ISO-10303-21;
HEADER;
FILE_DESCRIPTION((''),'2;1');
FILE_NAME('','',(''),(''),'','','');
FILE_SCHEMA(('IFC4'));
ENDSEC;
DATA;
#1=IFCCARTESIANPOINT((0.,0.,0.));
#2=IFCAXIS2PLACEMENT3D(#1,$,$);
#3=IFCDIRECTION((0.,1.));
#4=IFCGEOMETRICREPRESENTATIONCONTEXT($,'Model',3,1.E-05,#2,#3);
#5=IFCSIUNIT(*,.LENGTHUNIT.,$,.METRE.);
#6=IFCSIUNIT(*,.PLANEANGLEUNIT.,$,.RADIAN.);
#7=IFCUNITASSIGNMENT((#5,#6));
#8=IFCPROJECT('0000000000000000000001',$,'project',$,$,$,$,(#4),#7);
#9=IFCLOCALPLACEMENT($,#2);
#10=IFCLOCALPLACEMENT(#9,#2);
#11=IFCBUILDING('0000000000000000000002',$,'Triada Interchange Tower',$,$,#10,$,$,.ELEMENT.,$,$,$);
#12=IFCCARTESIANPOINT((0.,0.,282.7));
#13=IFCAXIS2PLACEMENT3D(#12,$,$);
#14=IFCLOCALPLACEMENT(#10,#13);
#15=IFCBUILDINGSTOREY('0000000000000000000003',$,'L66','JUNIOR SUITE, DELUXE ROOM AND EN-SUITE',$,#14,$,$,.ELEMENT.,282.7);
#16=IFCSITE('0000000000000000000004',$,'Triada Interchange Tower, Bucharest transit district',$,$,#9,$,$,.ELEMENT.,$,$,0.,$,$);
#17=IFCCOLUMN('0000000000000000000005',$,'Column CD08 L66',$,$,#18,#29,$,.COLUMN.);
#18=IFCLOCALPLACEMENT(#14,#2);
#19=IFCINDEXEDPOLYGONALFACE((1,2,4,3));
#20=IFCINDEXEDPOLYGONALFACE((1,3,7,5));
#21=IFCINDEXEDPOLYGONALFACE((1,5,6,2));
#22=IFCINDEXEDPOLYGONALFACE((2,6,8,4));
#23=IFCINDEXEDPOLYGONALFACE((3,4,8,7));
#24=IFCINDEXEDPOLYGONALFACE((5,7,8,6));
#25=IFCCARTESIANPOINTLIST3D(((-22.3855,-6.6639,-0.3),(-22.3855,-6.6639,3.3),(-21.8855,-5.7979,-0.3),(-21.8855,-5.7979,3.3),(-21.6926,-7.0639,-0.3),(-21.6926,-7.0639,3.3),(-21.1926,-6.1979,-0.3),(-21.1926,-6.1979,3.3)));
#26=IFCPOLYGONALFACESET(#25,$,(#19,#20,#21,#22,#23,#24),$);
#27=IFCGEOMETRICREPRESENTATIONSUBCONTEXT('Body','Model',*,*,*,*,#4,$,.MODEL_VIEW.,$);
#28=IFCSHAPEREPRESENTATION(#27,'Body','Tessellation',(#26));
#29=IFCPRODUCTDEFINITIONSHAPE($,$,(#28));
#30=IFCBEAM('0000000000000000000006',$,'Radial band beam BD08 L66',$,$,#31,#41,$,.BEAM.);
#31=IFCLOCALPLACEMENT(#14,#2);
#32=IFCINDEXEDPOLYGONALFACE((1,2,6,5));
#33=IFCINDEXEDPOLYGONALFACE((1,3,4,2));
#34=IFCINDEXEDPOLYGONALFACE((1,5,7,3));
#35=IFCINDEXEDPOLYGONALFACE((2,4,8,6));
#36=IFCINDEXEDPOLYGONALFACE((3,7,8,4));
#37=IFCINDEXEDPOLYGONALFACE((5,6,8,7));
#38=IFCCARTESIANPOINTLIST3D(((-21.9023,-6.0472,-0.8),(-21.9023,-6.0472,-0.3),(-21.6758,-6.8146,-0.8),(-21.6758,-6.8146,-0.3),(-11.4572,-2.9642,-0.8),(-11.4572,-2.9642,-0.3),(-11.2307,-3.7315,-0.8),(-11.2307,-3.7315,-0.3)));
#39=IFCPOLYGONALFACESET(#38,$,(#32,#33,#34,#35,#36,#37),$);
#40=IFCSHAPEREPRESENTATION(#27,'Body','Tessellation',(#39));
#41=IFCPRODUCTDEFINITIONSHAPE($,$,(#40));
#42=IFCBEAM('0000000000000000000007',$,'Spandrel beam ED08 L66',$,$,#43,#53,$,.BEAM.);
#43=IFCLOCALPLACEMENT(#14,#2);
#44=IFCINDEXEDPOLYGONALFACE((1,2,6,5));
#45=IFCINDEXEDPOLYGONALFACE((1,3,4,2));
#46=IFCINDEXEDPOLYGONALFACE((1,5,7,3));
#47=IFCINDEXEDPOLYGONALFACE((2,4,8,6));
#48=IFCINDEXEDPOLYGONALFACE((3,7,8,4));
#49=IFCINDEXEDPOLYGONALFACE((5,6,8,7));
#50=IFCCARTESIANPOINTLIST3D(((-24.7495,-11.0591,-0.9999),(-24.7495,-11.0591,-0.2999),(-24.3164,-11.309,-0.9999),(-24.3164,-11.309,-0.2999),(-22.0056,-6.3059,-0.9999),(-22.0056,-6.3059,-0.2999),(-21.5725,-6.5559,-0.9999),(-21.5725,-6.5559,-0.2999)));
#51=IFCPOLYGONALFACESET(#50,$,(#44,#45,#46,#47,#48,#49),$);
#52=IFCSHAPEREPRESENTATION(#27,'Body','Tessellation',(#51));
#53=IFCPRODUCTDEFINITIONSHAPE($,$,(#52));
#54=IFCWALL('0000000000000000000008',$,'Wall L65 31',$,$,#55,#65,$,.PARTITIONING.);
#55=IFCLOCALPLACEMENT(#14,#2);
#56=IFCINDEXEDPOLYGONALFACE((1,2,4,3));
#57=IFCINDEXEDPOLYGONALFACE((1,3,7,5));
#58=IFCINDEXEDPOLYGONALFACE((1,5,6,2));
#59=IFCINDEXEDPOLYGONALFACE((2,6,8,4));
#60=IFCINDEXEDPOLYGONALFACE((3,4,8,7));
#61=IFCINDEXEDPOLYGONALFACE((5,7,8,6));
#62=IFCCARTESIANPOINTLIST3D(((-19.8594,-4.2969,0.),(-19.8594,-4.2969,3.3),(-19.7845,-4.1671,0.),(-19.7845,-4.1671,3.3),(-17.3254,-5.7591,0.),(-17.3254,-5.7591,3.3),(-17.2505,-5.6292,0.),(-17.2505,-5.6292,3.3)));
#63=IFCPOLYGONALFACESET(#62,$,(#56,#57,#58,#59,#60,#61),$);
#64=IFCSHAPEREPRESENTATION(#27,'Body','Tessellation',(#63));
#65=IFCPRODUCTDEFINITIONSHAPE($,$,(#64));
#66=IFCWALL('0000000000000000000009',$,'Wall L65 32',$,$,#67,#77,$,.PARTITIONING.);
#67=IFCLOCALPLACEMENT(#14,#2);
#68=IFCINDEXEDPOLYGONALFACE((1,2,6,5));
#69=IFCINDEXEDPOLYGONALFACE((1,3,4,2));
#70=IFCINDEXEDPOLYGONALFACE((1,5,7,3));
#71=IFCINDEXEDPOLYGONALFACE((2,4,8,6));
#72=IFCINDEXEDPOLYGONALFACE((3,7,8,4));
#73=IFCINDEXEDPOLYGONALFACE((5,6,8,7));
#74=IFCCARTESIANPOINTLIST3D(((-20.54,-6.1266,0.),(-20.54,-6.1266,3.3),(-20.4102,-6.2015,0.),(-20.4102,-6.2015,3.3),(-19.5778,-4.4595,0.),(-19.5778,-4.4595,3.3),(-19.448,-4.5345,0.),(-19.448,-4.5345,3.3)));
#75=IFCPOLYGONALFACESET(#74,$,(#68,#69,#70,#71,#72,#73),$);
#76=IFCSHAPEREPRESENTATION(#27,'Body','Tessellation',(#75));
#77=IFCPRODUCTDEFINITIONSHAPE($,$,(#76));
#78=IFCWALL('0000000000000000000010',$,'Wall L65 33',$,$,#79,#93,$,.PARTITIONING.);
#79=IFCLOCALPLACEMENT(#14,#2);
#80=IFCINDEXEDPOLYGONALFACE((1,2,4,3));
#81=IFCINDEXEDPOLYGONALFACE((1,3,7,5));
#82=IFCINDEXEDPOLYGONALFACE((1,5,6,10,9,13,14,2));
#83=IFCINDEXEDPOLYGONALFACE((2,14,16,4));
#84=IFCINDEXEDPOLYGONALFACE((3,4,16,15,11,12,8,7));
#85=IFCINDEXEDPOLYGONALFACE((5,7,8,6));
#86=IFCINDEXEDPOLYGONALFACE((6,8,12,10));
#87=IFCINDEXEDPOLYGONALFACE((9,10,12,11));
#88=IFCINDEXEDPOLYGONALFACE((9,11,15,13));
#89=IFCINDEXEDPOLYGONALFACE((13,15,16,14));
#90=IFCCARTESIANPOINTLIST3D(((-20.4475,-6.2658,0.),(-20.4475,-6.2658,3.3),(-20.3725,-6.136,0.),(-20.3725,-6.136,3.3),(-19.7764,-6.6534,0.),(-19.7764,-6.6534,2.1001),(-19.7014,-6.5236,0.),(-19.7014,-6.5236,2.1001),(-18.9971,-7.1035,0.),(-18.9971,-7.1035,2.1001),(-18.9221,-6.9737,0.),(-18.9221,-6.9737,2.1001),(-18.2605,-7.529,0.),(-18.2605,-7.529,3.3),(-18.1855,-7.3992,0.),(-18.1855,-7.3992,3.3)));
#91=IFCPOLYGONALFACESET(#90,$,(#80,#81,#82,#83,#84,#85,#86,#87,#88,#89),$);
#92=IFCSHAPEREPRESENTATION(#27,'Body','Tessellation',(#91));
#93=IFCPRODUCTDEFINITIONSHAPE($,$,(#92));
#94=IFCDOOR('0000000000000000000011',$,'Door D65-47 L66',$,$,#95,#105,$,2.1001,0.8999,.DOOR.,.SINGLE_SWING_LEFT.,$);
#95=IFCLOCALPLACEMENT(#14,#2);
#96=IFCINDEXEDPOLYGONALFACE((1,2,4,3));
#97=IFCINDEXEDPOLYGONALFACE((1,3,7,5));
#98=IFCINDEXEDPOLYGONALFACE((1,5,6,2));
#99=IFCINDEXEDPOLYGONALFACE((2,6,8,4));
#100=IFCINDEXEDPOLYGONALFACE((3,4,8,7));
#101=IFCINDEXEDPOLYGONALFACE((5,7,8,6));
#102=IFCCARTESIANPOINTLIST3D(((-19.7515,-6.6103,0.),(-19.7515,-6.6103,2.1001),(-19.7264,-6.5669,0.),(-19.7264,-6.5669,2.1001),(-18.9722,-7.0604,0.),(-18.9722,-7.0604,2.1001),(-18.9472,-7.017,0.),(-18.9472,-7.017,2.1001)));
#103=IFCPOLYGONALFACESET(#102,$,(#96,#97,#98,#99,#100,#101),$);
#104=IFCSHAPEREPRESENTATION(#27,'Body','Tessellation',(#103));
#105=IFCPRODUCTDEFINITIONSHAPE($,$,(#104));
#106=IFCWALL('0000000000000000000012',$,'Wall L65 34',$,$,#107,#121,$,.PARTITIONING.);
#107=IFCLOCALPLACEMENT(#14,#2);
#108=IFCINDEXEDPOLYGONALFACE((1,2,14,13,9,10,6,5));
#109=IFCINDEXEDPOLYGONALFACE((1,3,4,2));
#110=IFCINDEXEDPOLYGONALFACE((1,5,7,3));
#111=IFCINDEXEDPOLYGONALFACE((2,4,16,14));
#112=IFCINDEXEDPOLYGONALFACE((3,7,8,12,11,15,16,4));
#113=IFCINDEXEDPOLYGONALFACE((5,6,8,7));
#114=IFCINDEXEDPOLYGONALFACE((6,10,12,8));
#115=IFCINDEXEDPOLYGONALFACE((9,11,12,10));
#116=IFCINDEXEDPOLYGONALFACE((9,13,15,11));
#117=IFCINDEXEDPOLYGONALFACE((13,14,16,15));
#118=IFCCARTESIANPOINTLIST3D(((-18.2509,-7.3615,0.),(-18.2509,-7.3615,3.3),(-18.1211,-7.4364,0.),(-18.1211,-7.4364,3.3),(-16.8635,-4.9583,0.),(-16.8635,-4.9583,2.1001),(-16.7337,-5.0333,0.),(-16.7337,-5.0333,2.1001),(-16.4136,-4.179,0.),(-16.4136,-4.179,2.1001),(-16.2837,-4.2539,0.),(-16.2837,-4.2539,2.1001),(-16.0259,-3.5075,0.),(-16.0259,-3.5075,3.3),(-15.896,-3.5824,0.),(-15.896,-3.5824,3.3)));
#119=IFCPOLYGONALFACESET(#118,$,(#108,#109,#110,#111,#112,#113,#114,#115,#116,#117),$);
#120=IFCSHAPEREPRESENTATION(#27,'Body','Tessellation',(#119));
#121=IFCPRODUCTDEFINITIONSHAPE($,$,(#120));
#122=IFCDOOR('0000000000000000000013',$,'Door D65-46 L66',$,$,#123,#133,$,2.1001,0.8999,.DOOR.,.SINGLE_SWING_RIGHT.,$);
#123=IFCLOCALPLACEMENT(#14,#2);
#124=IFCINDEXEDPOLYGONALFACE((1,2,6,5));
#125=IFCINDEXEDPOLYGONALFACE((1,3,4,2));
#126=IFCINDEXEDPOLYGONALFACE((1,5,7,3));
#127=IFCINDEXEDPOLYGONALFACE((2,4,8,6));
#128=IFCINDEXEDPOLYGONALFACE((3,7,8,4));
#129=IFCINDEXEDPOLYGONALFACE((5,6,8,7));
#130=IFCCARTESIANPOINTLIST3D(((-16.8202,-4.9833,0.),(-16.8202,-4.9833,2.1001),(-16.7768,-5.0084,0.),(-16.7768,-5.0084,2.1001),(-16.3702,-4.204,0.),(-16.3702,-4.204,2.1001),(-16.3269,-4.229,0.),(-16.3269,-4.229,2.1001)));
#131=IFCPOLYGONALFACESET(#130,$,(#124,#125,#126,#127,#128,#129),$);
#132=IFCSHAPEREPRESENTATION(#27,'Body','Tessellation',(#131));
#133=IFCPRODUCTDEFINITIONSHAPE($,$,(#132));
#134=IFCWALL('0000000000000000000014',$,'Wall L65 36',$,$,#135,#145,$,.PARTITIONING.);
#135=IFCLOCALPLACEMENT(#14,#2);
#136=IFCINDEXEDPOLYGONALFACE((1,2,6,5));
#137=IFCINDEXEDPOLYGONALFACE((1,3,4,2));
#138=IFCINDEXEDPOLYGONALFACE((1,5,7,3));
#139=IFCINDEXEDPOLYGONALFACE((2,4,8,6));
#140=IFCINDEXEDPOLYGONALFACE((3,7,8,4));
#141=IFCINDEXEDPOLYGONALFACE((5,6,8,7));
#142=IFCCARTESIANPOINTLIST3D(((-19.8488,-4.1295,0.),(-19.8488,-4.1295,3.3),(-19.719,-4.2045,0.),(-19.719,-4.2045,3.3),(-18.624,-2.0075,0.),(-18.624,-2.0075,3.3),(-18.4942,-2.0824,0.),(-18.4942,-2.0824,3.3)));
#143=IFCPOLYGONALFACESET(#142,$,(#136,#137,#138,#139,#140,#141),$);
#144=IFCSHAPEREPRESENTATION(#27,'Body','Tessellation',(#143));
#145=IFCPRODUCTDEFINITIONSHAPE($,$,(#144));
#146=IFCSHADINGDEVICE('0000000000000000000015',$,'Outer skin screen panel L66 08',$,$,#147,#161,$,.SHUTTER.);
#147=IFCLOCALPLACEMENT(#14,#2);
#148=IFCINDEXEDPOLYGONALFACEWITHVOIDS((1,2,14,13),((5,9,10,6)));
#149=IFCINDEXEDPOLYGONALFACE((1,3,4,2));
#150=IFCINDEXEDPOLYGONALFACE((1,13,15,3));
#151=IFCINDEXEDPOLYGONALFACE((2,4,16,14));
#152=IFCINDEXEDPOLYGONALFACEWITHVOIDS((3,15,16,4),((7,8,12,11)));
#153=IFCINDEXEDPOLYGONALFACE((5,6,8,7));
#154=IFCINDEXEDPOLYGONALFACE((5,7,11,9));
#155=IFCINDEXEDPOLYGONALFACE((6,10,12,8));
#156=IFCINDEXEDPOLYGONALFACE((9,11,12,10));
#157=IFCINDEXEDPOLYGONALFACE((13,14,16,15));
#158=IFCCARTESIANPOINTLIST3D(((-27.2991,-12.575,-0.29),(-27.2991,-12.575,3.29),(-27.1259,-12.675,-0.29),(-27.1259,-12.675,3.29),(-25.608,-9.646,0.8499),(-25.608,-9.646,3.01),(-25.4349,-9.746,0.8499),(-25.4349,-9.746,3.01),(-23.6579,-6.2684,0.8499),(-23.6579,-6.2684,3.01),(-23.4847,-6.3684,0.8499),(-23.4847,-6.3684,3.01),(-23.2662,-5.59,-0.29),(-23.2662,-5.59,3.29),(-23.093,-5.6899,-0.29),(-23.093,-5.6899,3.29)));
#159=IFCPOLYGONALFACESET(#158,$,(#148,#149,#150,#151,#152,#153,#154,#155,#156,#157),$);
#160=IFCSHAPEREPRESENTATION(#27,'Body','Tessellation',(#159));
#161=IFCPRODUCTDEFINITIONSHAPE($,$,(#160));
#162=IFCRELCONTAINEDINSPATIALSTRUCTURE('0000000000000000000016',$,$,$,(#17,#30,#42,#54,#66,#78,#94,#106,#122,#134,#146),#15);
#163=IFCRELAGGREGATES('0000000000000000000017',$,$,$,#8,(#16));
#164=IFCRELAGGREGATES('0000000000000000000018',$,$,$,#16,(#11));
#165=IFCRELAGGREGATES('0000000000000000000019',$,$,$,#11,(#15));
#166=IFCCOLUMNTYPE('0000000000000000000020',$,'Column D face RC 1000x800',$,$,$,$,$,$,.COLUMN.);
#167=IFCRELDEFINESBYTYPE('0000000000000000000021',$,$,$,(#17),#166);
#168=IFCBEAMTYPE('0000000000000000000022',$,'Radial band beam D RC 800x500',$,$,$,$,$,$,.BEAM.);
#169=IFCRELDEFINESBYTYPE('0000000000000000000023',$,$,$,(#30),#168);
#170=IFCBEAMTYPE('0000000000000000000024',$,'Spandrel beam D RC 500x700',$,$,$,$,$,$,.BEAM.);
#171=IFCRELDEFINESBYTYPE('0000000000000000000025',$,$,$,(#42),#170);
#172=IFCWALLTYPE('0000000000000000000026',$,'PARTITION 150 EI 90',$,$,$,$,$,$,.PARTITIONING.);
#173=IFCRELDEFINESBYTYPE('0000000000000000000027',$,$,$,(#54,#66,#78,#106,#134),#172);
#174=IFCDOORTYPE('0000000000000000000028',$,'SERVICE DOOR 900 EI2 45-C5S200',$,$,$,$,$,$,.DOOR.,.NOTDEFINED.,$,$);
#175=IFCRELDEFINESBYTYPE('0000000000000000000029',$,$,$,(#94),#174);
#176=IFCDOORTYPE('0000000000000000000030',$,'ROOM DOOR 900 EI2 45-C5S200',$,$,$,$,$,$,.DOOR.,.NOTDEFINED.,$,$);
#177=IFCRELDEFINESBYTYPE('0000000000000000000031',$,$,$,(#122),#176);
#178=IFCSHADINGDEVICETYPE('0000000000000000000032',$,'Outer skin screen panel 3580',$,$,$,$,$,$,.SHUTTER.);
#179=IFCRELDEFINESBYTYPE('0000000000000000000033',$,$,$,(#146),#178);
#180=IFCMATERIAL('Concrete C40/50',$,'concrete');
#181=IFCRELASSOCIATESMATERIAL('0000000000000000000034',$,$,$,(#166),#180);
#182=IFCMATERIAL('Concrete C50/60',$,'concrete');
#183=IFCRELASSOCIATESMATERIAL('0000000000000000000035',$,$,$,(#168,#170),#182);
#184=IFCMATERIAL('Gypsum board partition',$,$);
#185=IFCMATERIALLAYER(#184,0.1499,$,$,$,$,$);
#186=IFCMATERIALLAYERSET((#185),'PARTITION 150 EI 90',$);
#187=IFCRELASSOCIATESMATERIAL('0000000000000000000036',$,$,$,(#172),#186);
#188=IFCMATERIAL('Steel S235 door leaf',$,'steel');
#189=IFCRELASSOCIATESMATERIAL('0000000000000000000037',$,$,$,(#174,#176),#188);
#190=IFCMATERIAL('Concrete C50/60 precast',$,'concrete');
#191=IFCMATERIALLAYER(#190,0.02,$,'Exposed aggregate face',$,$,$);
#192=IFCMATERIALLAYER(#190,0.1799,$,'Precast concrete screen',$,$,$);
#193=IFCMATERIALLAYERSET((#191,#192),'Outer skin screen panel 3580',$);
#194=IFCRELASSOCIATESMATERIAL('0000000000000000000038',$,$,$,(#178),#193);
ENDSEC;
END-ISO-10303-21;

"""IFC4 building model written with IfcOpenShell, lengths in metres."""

from ifc_helpers import new_model, si_unit, direction, frame, frame_2d, origin, origin_2d, place, context, subcontext, project, spatial, polyline, rectangle, outline, extrude, material, layer, layer_set, material_profile, profile_set, type_object, element, fill, save


model = new_model("IFC4")

# Units and contexts
model_context = context("Model", 3, precision=1e-05, world=origin(), true_north=direction((0.0, 1.0)))
body_context = subcontext(model_context, "Body", "Model", "MODEL_VIEW")
ifc_project = project(units=[si_unit("LENGTHUNIT", "METRE"), si_unit("PLANEANGLEUNIT", "RADIAN")], contexts=[model_context])

# Site, building, storey
site_placement = place(None, origin())
site = spatial("IfcSite", under=ifc_project, at=site_placement, Name="Triada Interchange Tower, Bucharest transit district", CompositionType="ELEMENT", RefElevation=0.0)
building_placement = place(site_placement, origin())
building = spatial("IfcBuilding", under=site, at=building_placement, Name="Triada Interchange Tower", CompositionType="ELEMENT")
storey_placement = place(building_placement, frame((0.0, 0.0, 282.7)))
storey = spatial("IfcBuildingStorey", under=building, at=storey_placement, Name="L66", Description="JUNIOR SUITE, DELUXE ROOM AND EN-SUITE", CompositionType="ELEMENT", Elevation=282.7)

# Column
ifc_material_1 = material(Name="Concrete C40/50", Category="concrete")
ifc_material_profile_1 = material_profile(ifc_material_1, rectangle(XDim=1.0, YDim=0.8, at=origin_2d()), Name="RC 1000x800")
ifc_profile_set_1 = profile_set([ifc_material_profile_1], Name="Concrete C40/50")
column_type = type_object("IfcColumnType", Name="Column D face RC 1000x800", PredefinedType="COLUMN", material=ifc_profile_set_1)
column_placement = place(storey_placement, frame((-21.7891, -6.4309, -0.3), z_axis=(0.0, 0.0, 1.0), x_axis=(0.5, 0.866025, 0.0)))
element("IfcColumn", 1, at=column_placement, inside=storey, type_object=column_type, Name="Column CD08 L66", PredefinedType="COLUMN", context=body_context, shape_type="SweptSolid", body=[
    extrude(rectangle(XDim=1.0, YDim=0.8, at=origin_2d()), origin(), (0.0, 0.0, 1.0), 3.6001),
])

# Beams
ifc_material_2 = material(Name="Concrete C50/60", Category="concrete")
ifc_material_profile_2 = material_profile(ifc_material_2, rectangle(XDim=0.8, YDim=0.5, at=origin_2d()), Name="RC 800x500")
ifc_profile_set_2 = profile_set([ifc_material_profile_2], Name="Concrete C50/60")
beam_type_1 = type_object("IfcBeamType", Name="Radial band beam D RC 800x500", PredefinedType="BEAM", material=ifc_profile_set_2)
beam_1_placement = place(storey_placement, frame((-21.7891, -6.4309, -0.55), z_axis=(0.959093, 0.28309, 0.0), x_axis=(-0.28309, 0.959093, 0.0)))
element("IfcBeam", 2, at=beam_1_placement, inside=storey, type_object=beam_type_1, Name="Radial band beam BD08 L66", PredefinedType="BEAM", context=body_context, shape_type="SweptSolid", body=[
    extrude(rectangle(XDim=0.8, YDim=0.5, at=origin_2d()), origin(), (0.0, 0.0, 1.0), 10.8906),
])
ifc_material_profile_3 = material_profile(ifc_material_2, rectangle(XDim=0.5, YDim=0.7, at=origin_2d()), Name="RC 500x700")
ifc_profile_set_3 = profile_set([ifc_material_profile_3], Name="Concrete C50/60")
beam_type_2 = type_object("IfcBeamType", Name="Spandrel beam D RC 500x700", PredefinedType="BEAM", material=ifc_profile_set_3)
beam_2_placement = place(storey_placement, frame((-21.7891, -6.4309, -0.6499), z_axis=(-0.499952, -0.866053, 0.0), x_axis=(0.866053, -0.499952, 0.0)))
element("IfcBeam", 3, at=beam_2_placement, inside=storey, type_object=beam_type_2, Name="Spandrel beam ED08 L66", PredefinedType="BEAM", context=body_context, shape_type="SweptSolid", body=[
    extrude(rectangle(XDim=0.5, YDim=0.7, at=origin_2d()), origin(), (0.0, 0.0, 1.0), 5.4883),
])

# Walls
ifc_material_3 = material(Name="Gypsum board partition")
ifc_layer_1 = layer(ifc_material_3, 0.1499)
ifc_layer_set_1 = layer_set([ifc_layer_1], Name="PARTITION 150 EI 90")
wall_type = type_object("IfcWallType", Name="PARTITION 150 EI 90", PredefinedType="PARTITIONING", material=ifc_layer_set_1)
wall_1_placement = place(storey_placement, frame((-19.822, -4.2319, 0.0), z_axis=(0.0, 0.0, 1.0), x_axis=(0.866145, -0.499792, 0.0)))
element("IfcWall", 4, at=wall_1_placement, inside=storey, type_object=wall_type, Name="Wall L65 31", PredefinedType="PARTITIONING", context=body_context, shape_type="SweptSolid", body=[
    extrude(rectangle(XDim=2.9255, YDim=0.1499, at=frame_2d((1.4629, 0.0))), origin(), (0.0, 0.0, 1.0), 3.3),
])
wall_2_placement = place(storey_placement, frame((-20.4751, -6.1641, 0.0), z_axis=(0.0, 0.0, 1.0), x_axis=(0.499891, 0.866088, 0.0)))
element("IfcWall", 5, at=wall_2_placement, inside=storey, type_object=wall_type, Name="Wall L65 32", PredefinedType="PARTITIONING", context=body_context, shape_type="SweptSolid", body=[
    extrude(rectangle(XDim=1.9248, YDim=0.1499, at=frame_2d((0.9624, 0.0))), origin(), (0.0, 0.0, 1.0), 3.3),
])

# Walls, openings, doors
wall_3_placement = place(storey_placement, frame((-20.4099, -6.2009, 0.0), z_axis=(0.0, 0.0, 1.0), x_axis=(0.865938, -0.500152, 0.0)))
wall_3 = element("IfcWall", 6, at=wall_3_placement, inside=storey, type_object=wall_type, Name="Wall L65 33", PredefinedType="PARTITIONING", context=body_context, shape_type="SweptSolid", body=[
    extrude(rectangle(XDim=2.5256, YDim=0.1499, at=frame_2d((1.2627, 0.0))), origin(), (0.0, 0.0, 1.0), 3.3),
])
opening_1_placement = place(wall_3_placement, frame((0.7749, 0.0, 0.0)))
opening_1 = element("IfcOpeningElement", 7, at=opening_1_placement, cuts=wall_3, PredefinedType="OPENING", context=body_context, shape_type="SweptSolid", body=[
    extrude(rectangle(XDim=0.8999, YDim=2.1001, at=frame_2d((0.45, 1.05))), frame((0.0, 0.085, 0.0), z_axis=(0.0, -1.0, 0.0), x_axis=(1.0, 0.0, 0.0)), (0.0, 0.0, 1.0), 0.1699),
])
ifc_material_4 = material(Name="Steel S235 door leaf", Category="steel")
door_type_1 = type_object("IfcDoorType", Name="SERVICE DOOR 900 EI2 45-C5S200", OperationType="NOTDEFINED", PredefinedType="DOOR", material=ifc_material_4)
door_1_placement = place(opening_1_placement, origin())
door_1 = element("IfcDoor", 8, at=door_1_placement, inside=storey, type_object=door_type_1, Name="Door D65-47 L66", OperationType="SINGLE_SWING_LEFT", OverallHeight=2.1001, OverallWidth=0.8999, PredefinedType="DOOR", context=body_context, shape_type="SweptSolid", body=[
    extrude(rectangle(XDim=0.8999, YDim=2.1001, at=frame_2d((0.45, 1.05))), frame((0.0, 0.0249, 0.0), z_axis=(0.0, -1.0, 0.0), x_axis=(1.0, 0.0, 0.0)), (0.0, 0.0, 1.0), 0.05),
])
fill(opening_1, door_1)
wall_4_placement = place(storey_placement, frame((-18.186, -7.3989, 0.0), z_axis=(0.0, 0.0, 1.0), x_axis=(0.499998, 0.866027, 0.0)))
wall_4 = element("IfcWall", 9, at=wall_4_placement, inside=storey, type_object=wall_type, Name="Wall L65 34", PredefinedType="PARTITIONING", context=body_context, shape_type="SweptSolid", body=[
    extrude(rectangle(XDim=4.4502, YDim=0.1499, at=frame_2d((2.2251, 0.0))), origin(), (0.0, 0.0, 1.0), 3.3),
])
opening_2_placement = place(wall_4_placement, frame((2.7749, 0.0, 0.0)))
opening_2 = element("IfcOpeningElement", 10, at=opening_2_placement, cuts=wall_4, PredefinedType="OPENING", context=body_context, shape_type="SweptSolid", body=[
    extrude(rectangle(XDim=0.8999, YDim=2.1001, at=frame_2d((0.45, 1.05))), frame((0.0, 0.085, 0.0), z_axis=(0.0, -1.0, 0.0), x_axis=(1.0, 0.0, 0.0)), (0.0, 0.0, 1.0), 0.1699),
])
door_type_2 = type_object("IfcDoorType", Name="ROOM DOOR 900 EI2 45-C5S200", OperationType="NOTDEFINED", PredefinedType="DOOR", material=ifc_material_4)
door_2_placement = place(opening_2_placement, origin())
door_2 = element("IfcDoor", 11, at=door_2_placement, inside=storey, type_object=door_type_2, Name="Door D65-46 L66", OperationType="SINGLE_SWING_RIGHT", OverallHeight=2.1001, OverallWidth=0.8999, PredefinedType="DOOR", context=body_context, shape_type="SweptSolid", body=[
    extrude(rectangle(XDim=0.8999, YDim=2.1001, at=frame_2d((0.45, 1.05))), frame((0.0, 0.0249, 0.0), z_axis=(0.0, -1.0, 0.0), x_axis=(1.0, 0.0, 0.0)), (0.0, 0.0, 1.0), 0.05),
])
fill(opening_2, door_2)

# Wall
wall_5_placement = place(storey_placement, frame((-19.7839, -4.167, 0.0), z_axis=(0.0, 0.0, 1.0), x_axis=(0.499901, 0.866083, 0.0)))
element("IfcWall", 12, at=wall_5_placement, inside=storey, type_object=wall_type, Name="Wall L65 36", PredefinedType="PARTITIONING", context=body_context, shape_type="SweptSolid", body=[
    extrude(rectangle(XDim=2.4502, YDim=0.1499, at=frame_2d((1.2251, 0.0))), origin(), (0.0, 0.0, 1.0), 3.3),
])

# Shading device
ifc_material_5 = material(Name="Concrete C50/60 precast", Category="concrete")
ifc_layer_2 = layer(ifc_material_5, 0.02, Name="Exposed aggregate face")
ifc_layer_3 = layer(ifc_material_5, 0.1799, Name="Precast concrete screen")
ifc_layer_set_2 = layer_set([ifc_layer_2, ifc_layer_3], Name="Outer skin screen panel 3580")
shading_device_type = type_object("IfcShadingDeviceType", Name="Outer skin screen panel 3580", PredefinedType="SHUTTER", material=ifc_layer_set_2)
shading_device_placement = place(storey_placement, frame((-23.093, -5.6899, -0.29), z_axis=(0.0, 0.0, 1.0), x_axis=(-0.50001, -0.86602, 0.0)))
element("IfcShadingDevice", 13, at=shading_device_placement, inside=storey, type_object=shading_device_type, Name="Outer skin screen panel L66 08", PredefinedType="SHUTTER", context=body_context, shape_type="SweptSolid", body=[
    extrude(outline(polyline([(0.0, 0.0), (8.0657, 0.0), (8.0657, 3.5801), (0.0, 3.5801), (0.0, 0.0)]), holes=[polyline([(0.7834, 1.1399), (0.7834, 3.3), (4.6836, 3.3), (4.6836, 1.1399), (0.7834, 1.1399)])]), frame((0.0, 0.0, 0.0), z_axis=(0.0, -1.0, 0.0), x_axis=(1.0, 0.0, 0.0)), (0.0, 0.0, 1.0), 0.2),
])

save(model, "model.ifc")
